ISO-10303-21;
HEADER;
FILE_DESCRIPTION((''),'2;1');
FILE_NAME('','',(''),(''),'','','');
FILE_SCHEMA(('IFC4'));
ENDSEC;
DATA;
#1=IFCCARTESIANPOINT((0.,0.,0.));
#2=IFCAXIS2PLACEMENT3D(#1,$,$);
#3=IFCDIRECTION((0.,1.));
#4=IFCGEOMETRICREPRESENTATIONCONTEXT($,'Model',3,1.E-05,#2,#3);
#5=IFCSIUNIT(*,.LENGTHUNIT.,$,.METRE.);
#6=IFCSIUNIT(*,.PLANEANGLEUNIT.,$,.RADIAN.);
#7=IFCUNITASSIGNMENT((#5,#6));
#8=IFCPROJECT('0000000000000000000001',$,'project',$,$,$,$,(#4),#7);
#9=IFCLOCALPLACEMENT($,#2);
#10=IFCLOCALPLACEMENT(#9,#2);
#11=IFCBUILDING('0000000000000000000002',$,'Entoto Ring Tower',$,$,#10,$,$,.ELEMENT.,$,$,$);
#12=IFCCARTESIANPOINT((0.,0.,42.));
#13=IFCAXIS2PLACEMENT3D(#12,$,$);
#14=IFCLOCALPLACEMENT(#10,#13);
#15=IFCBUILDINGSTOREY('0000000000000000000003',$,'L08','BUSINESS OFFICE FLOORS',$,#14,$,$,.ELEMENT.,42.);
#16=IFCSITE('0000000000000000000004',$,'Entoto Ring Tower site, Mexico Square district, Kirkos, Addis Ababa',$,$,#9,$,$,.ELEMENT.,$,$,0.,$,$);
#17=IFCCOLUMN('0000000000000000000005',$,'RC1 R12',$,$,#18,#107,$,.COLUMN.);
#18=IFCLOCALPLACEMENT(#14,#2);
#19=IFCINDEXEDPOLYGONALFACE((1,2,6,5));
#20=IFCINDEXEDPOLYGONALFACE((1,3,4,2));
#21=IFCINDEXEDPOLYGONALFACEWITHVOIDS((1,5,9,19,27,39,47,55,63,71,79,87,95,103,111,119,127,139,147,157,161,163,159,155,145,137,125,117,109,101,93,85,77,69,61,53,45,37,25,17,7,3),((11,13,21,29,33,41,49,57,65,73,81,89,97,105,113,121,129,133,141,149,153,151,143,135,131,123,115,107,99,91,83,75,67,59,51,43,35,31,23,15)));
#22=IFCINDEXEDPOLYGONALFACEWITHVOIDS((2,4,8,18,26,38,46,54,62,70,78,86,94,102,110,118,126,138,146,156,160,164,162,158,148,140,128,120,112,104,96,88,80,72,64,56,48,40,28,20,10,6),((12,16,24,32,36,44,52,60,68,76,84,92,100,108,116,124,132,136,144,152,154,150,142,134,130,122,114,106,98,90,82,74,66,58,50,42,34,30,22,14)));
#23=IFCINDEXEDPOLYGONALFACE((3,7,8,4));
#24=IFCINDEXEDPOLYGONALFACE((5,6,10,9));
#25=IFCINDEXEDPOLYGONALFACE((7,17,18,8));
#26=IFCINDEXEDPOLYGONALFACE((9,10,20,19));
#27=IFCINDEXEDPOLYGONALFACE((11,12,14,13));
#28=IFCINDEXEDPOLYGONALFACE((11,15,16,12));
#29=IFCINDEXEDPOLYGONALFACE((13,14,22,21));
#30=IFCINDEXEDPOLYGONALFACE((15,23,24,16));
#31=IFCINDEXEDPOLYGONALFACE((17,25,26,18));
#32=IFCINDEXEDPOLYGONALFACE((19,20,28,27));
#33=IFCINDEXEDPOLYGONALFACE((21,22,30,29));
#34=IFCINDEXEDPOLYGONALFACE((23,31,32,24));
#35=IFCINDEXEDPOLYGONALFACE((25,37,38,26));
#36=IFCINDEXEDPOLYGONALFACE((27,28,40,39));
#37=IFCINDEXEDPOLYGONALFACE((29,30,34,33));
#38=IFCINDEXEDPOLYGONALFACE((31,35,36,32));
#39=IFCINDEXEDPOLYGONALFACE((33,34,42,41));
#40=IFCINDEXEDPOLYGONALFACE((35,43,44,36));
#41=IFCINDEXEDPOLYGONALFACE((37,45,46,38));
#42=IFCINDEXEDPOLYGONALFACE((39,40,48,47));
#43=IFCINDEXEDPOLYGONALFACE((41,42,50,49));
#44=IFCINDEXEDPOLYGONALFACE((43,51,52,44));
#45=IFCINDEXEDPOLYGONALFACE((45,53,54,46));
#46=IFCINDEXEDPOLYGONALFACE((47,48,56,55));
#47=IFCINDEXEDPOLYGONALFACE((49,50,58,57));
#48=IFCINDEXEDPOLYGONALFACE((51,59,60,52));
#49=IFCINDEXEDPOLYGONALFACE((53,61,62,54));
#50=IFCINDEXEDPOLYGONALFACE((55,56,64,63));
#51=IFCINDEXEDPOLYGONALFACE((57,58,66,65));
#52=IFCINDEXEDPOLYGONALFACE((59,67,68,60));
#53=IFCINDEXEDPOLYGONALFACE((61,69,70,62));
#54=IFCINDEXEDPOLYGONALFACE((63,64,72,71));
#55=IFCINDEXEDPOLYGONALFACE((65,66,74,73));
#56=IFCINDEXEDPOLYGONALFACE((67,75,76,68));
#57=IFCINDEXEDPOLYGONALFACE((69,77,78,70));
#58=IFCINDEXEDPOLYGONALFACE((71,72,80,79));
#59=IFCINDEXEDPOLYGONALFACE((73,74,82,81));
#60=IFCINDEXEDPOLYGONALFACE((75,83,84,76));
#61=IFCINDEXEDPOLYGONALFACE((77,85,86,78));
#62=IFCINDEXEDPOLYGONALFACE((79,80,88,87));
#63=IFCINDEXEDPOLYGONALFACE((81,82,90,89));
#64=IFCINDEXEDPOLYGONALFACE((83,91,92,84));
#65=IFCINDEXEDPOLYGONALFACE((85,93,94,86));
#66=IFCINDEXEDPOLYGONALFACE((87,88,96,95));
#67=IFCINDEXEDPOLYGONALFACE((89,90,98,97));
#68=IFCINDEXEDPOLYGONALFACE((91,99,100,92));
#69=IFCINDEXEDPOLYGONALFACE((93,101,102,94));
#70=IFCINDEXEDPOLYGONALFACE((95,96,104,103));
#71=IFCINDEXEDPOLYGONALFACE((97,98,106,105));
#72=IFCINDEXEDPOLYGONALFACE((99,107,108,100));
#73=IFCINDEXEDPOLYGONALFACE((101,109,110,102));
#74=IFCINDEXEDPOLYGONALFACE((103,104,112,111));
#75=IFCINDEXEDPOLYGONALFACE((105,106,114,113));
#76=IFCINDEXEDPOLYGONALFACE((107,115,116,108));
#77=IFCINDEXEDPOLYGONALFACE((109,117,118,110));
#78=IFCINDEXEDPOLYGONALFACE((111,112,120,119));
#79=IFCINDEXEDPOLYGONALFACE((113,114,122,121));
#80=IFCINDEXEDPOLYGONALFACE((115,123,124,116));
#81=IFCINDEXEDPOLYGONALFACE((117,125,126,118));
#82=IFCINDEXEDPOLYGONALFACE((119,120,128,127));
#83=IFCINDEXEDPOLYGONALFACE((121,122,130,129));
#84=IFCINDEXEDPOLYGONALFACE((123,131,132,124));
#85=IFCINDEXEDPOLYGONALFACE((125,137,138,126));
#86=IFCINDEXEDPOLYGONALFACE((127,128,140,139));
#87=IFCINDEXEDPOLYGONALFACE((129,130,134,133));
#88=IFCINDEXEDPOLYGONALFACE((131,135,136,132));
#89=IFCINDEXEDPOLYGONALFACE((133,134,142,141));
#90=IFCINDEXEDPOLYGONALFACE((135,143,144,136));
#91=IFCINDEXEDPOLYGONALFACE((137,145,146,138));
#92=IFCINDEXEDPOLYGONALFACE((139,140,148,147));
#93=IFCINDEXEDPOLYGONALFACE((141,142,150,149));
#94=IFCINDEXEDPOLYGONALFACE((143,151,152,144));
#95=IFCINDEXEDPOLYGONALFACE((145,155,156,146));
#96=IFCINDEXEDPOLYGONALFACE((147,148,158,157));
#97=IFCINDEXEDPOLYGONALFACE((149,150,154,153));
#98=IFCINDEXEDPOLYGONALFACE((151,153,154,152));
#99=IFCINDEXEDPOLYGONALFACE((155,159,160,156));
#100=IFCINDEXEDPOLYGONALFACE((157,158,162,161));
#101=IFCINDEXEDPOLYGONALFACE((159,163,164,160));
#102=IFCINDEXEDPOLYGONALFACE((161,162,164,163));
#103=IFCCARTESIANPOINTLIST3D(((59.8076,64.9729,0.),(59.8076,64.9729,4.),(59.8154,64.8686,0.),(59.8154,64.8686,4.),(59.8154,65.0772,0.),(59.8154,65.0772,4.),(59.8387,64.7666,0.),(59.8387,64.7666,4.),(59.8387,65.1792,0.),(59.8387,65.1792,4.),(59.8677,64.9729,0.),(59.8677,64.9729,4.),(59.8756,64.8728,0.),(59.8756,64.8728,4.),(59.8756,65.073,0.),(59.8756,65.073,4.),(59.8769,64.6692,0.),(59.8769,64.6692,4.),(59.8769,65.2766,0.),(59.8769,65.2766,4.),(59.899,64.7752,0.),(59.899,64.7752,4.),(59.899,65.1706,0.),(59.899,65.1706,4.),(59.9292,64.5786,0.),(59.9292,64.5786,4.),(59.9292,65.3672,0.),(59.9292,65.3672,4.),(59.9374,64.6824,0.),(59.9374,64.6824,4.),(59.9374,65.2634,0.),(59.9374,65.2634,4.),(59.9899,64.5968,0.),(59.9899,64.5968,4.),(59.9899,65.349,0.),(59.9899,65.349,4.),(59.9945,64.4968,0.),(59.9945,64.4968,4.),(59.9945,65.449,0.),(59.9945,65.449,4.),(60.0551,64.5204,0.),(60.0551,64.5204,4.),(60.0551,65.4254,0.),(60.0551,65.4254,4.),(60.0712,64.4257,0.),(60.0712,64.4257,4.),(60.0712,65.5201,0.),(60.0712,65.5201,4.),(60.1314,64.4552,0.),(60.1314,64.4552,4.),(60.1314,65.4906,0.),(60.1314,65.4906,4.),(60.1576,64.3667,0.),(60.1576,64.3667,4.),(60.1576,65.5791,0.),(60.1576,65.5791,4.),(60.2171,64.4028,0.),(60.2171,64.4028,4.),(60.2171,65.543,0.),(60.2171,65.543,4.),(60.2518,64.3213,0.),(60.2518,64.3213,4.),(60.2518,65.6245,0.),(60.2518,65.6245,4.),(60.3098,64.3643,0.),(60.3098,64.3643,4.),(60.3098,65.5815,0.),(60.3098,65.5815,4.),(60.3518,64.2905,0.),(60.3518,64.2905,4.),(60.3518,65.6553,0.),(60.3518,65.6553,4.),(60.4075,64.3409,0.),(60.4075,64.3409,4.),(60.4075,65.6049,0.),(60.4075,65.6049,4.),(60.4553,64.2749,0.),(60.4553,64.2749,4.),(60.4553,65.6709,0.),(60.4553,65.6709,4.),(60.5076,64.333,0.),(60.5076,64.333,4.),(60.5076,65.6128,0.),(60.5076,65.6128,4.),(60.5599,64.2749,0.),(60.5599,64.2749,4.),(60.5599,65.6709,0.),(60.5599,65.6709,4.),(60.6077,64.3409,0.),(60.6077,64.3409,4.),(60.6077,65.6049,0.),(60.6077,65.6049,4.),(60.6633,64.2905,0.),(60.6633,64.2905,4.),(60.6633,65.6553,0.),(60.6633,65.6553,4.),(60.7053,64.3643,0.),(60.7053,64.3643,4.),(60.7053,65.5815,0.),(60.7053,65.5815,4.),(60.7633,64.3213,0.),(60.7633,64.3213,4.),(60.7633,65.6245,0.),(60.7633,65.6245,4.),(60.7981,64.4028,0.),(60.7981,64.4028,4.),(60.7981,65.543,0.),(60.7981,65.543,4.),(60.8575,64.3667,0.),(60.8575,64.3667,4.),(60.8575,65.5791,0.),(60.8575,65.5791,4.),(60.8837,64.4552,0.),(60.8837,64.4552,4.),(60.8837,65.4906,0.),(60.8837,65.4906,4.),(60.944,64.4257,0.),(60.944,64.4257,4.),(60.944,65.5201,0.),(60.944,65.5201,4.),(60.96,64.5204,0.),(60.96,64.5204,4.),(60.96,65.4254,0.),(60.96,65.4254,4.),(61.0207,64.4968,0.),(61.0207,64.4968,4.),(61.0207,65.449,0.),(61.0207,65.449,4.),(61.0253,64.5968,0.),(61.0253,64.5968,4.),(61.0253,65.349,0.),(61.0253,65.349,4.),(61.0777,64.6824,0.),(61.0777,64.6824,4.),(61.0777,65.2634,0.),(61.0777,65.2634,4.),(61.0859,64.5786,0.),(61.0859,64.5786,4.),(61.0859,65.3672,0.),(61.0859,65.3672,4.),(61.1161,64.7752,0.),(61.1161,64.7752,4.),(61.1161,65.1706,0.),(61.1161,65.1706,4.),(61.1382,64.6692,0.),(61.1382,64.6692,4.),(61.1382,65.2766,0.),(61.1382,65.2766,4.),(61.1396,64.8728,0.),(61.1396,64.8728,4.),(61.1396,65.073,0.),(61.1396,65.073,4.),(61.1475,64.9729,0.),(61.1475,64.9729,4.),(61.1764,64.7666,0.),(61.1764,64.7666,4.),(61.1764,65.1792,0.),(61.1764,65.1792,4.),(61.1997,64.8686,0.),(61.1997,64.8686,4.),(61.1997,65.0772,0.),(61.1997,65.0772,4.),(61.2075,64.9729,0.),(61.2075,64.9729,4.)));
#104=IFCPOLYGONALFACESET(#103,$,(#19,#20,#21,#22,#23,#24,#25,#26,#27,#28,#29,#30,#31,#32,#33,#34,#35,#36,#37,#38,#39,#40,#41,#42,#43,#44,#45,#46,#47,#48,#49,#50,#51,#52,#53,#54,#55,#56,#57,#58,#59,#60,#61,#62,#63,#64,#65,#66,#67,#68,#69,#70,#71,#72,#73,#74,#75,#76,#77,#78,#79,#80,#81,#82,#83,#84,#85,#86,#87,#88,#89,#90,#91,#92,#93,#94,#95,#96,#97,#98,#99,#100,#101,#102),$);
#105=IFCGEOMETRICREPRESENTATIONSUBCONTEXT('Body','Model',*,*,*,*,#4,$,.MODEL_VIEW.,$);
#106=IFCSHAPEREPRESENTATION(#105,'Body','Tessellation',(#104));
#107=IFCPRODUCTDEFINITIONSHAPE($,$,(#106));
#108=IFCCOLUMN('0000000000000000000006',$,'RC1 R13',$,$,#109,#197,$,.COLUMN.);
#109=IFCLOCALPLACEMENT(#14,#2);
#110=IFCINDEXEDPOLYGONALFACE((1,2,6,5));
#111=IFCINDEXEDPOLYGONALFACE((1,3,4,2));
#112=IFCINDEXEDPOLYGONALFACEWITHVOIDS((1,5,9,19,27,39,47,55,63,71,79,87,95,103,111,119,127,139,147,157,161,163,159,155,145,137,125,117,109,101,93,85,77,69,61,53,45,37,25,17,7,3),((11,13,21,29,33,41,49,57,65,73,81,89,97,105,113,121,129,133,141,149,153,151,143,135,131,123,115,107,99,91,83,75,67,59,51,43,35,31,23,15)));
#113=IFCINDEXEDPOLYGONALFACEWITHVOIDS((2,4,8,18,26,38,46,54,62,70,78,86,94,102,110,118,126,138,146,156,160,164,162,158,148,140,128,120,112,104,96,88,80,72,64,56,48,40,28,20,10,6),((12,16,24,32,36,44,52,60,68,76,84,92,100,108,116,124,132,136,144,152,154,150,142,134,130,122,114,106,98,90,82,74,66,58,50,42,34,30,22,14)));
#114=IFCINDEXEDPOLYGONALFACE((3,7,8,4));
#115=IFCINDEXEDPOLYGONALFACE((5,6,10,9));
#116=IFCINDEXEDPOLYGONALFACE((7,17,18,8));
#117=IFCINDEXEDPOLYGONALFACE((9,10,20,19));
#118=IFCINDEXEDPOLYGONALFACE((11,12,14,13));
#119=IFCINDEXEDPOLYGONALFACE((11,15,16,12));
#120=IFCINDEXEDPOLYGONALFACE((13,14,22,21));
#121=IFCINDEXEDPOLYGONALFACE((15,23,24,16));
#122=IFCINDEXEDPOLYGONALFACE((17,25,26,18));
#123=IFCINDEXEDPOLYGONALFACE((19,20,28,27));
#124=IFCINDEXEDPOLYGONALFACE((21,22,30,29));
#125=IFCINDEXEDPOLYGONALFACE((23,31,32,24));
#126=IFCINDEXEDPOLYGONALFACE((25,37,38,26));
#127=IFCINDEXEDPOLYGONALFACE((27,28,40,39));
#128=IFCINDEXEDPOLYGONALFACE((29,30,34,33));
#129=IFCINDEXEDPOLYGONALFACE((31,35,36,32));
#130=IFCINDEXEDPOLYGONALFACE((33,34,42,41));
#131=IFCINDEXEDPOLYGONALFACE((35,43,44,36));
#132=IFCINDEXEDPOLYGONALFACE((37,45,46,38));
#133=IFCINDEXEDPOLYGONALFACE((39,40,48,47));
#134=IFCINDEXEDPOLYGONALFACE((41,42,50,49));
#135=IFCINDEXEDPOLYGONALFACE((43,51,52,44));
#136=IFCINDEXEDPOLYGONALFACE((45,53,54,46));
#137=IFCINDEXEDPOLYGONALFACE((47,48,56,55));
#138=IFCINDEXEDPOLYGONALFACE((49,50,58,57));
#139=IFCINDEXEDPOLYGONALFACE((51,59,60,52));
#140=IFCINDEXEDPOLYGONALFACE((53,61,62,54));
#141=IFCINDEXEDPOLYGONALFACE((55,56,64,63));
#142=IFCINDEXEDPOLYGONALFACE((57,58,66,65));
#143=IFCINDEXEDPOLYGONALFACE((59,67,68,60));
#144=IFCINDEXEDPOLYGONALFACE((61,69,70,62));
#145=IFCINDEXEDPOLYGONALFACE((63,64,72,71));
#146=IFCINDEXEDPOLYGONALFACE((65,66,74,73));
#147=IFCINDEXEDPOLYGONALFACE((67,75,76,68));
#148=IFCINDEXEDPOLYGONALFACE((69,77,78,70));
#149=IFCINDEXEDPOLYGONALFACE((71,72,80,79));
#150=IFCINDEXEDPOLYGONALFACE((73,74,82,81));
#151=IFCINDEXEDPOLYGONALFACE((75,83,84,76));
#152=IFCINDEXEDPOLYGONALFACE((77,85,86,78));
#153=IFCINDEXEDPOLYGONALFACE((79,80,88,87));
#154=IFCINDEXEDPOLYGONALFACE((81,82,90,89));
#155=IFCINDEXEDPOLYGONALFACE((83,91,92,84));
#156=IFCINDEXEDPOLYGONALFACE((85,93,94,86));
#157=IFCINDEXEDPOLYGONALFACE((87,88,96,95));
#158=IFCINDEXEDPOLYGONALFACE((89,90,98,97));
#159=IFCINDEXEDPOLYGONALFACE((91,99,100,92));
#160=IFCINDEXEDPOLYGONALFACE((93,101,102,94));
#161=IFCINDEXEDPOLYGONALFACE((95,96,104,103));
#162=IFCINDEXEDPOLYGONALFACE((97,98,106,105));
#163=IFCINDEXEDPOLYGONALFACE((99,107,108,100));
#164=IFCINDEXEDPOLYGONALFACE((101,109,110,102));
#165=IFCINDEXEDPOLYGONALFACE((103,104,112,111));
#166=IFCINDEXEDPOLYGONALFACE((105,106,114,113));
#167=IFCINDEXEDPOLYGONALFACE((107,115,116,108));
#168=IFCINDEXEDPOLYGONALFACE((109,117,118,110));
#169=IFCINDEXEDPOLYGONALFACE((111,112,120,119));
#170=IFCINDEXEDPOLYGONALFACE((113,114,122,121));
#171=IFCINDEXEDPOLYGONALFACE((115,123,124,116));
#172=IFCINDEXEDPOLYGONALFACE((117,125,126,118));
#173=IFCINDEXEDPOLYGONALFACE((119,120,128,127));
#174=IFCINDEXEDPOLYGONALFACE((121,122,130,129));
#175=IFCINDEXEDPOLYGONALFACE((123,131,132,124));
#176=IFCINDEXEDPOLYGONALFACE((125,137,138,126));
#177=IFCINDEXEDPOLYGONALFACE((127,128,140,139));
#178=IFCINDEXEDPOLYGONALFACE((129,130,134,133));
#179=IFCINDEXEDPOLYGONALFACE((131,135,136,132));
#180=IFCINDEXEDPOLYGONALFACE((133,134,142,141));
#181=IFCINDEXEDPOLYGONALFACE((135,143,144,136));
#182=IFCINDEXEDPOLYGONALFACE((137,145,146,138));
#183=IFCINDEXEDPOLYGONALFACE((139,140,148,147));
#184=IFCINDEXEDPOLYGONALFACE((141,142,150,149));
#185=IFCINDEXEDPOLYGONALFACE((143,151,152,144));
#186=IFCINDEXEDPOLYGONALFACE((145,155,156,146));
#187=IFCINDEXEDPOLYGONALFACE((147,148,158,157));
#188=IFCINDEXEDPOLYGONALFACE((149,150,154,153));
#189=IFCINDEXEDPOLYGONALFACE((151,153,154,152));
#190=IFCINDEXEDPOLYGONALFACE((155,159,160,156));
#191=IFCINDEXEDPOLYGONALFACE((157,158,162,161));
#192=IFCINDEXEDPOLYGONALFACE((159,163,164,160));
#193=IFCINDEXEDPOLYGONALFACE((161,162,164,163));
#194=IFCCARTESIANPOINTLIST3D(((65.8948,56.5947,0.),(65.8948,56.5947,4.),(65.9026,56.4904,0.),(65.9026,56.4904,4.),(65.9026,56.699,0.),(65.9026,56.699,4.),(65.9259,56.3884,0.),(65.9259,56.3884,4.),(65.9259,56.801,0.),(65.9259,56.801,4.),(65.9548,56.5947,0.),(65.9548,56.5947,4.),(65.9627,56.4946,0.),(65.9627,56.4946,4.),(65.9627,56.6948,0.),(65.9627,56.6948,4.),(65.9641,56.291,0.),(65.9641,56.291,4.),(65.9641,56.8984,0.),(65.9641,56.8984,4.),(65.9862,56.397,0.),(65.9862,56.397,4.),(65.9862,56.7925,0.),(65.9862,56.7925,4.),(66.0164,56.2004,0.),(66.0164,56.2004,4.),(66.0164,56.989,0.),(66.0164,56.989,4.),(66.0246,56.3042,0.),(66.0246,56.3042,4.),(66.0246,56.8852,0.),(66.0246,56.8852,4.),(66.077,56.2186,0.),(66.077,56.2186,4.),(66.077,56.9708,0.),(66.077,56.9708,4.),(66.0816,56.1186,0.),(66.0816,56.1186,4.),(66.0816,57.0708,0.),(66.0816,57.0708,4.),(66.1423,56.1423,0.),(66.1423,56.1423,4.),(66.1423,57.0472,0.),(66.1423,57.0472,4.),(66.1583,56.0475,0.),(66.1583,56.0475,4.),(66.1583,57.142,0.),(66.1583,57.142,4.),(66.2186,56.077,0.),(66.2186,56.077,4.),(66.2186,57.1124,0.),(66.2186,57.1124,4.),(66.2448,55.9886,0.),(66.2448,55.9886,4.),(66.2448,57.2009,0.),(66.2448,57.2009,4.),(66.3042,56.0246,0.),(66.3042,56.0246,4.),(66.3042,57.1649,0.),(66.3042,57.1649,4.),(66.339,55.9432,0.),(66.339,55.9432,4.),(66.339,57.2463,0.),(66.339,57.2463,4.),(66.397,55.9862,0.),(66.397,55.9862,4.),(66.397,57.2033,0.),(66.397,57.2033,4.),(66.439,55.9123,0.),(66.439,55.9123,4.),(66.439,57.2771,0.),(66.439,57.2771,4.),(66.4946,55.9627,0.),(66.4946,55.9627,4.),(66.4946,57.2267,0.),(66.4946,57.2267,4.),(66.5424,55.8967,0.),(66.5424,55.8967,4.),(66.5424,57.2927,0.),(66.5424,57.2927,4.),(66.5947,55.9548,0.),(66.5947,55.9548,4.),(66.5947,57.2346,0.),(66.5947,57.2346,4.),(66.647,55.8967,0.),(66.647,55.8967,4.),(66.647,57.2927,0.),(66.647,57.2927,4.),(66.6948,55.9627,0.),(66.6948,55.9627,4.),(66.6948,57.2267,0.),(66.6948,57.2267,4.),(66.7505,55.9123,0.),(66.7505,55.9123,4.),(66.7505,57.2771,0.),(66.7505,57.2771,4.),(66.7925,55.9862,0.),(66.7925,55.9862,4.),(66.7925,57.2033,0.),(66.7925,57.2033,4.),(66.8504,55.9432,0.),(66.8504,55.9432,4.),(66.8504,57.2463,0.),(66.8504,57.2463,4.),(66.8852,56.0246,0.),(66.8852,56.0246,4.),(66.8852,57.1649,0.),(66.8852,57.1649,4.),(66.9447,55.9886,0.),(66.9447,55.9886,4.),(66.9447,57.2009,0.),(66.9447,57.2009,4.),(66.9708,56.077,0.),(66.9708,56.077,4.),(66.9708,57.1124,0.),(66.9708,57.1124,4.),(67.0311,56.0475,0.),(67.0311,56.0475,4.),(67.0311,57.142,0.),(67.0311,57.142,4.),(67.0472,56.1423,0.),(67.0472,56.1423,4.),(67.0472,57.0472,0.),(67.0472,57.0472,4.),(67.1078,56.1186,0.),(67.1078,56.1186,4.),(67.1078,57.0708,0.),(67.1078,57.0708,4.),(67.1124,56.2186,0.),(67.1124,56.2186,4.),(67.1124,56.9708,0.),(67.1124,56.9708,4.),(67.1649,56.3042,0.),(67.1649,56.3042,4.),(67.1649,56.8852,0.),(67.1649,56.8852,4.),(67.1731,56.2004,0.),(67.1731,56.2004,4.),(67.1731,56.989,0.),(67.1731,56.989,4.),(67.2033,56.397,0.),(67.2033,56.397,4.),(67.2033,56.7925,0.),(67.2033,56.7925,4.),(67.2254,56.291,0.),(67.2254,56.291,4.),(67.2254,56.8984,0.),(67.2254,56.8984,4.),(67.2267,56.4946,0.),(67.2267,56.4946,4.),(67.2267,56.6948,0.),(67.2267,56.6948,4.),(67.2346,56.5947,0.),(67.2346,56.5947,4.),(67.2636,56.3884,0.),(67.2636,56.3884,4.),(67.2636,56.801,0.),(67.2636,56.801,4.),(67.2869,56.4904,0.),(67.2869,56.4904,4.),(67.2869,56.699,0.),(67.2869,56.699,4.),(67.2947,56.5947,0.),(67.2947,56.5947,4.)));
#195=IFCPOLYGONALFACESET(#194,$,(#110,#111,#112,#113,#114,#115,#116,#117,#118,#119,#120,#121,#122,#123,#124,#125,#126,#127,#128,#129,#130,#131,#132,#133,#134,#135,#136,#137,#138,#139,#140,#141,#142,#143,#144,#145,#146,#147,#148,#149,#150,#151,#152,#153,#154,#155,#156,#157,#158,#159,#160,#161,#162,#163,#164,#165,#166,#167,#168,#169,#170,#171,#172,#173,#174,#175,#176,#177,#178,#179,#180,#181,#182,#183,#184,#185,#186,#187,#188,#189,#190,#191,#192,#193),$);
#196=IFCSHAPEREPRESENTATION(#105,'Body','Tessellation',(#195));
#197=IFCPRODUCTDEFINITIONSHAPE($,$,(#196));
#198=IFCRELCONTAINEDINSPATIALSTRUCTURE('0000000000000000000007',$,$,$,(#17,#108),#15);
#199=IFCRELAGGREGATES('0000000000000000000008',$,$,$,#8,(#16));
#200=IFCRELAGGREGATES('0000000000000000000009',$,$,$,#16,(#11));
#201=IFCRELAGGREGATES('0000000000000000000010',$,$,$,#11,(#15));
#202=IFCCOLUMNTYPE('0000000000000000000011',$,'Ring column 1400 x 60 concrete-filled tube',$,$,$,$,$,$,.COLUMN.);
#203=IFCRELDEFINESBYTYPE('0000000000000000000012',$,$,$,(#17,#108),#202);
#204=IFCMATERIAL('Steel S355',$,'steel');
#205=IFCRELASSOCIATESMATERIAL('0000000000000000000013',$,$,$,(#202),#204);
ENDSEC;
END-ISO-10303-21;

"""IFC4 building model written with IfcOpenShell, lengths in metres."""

from ifc_helpers import new_model, si_unit, direction, frame, origin, origin_2d, place, context, subcontext, project, spatial, circle, hollow_circle, extrude, material, material_profile, profile_set, type_object, element, save


model = new_model("IFC4")

# Units and contexts
model_context = context("Model", 3, precision=1e-05, world=origin(), true_north=direction((0.0, 1.0)))
body_context = subcontext(model_context, "Body", "Model", "MODEL_VIEW")
ifc_project = project(units=[si_unit("LENGTHUNIT", "METRE"), si_unit("PLANEANGLEUNIT", "RADIAN")], contexts=[model_context])

# Site, building, storey
site_placement = place(None, origin())
site = spatial("IfcSite", under=ifc_project, at=site_placement, Name="Entoto Ring Tower site, Mexico Square district, Kirkos, Addis Ababa", CompositionType="ELEMENT", RefElevation=0.0)
building_placement = place(site_placement, origin())
building = spatial("IfcBuilding", under=site, at=building_placement, Name="Entoto Ring Tower", CompositionType="ELEMENT")
storey_placement = place(building_placement, frame((0.0, 0.0, 42.0)))
storey = spatial("IfcBuildingStorey", under=building, at=storey_placement, Name="L08", Description="BUSINESS OFFICE FLOORS", CompositionType="ELEMENT", Elevation=42.0)

# Columns
ifc_material_1 = material(Name="Steel S355", Category="steel")
ifc_material_profile_1 = material_profile(ifc_material_1, hollow_circle(Radius=0.7, WallThickness=0.0601, at=origin_2d()), Name="CHS 1400 x 60")
ifc_material_2 = material(Name="Concrete C60/75", Category="concrete")
ifc_material_profile_2 = material_profile(ifc_material_2, circle(Radius=0.6399, at=origin_2d()), Name="Concrete C60/75 infill")
ifc_profile_set_1 = profile_set([ifc_material_profile_1, ifc_material_profile_2], Name="Steel S355")
column_type = type_object("IfcColumnType", Name="Ring column 1400 x 60 concrete-filled tube", PredefinedType="COLUMN", material=ifc_profile_set_1)
for number, where, z_axis, x_axis, name in (
    (1, (60.5076, 64.9729, 0.0), (0.0, 0.0, 1.0), (1.0, 0.0, 0.0), "RC1 R12"),
    (2, (66.5947, 56.5947, 0.0), (0.0, 0.0, 1.0), (1.0, 0.0, 0.0), "RC1 R13"),
):
    element("IfcColumn", number, at=place(storey_placement, frame(where, z_axis=z_axis, x_axis=x_axis)), inside=storey, type_object=column_type, Name=name, PredefinedType="COLUMN", context=body_context, shape_type="SweptSolid", body=[
        extrude(hollow_circle(Radius=0.7, WallThickness=0.0601, at=origin_2d()), origin(), (0.0, 0.0, 1.0), 4.0),
    ])

save(model, "model.ifc")
